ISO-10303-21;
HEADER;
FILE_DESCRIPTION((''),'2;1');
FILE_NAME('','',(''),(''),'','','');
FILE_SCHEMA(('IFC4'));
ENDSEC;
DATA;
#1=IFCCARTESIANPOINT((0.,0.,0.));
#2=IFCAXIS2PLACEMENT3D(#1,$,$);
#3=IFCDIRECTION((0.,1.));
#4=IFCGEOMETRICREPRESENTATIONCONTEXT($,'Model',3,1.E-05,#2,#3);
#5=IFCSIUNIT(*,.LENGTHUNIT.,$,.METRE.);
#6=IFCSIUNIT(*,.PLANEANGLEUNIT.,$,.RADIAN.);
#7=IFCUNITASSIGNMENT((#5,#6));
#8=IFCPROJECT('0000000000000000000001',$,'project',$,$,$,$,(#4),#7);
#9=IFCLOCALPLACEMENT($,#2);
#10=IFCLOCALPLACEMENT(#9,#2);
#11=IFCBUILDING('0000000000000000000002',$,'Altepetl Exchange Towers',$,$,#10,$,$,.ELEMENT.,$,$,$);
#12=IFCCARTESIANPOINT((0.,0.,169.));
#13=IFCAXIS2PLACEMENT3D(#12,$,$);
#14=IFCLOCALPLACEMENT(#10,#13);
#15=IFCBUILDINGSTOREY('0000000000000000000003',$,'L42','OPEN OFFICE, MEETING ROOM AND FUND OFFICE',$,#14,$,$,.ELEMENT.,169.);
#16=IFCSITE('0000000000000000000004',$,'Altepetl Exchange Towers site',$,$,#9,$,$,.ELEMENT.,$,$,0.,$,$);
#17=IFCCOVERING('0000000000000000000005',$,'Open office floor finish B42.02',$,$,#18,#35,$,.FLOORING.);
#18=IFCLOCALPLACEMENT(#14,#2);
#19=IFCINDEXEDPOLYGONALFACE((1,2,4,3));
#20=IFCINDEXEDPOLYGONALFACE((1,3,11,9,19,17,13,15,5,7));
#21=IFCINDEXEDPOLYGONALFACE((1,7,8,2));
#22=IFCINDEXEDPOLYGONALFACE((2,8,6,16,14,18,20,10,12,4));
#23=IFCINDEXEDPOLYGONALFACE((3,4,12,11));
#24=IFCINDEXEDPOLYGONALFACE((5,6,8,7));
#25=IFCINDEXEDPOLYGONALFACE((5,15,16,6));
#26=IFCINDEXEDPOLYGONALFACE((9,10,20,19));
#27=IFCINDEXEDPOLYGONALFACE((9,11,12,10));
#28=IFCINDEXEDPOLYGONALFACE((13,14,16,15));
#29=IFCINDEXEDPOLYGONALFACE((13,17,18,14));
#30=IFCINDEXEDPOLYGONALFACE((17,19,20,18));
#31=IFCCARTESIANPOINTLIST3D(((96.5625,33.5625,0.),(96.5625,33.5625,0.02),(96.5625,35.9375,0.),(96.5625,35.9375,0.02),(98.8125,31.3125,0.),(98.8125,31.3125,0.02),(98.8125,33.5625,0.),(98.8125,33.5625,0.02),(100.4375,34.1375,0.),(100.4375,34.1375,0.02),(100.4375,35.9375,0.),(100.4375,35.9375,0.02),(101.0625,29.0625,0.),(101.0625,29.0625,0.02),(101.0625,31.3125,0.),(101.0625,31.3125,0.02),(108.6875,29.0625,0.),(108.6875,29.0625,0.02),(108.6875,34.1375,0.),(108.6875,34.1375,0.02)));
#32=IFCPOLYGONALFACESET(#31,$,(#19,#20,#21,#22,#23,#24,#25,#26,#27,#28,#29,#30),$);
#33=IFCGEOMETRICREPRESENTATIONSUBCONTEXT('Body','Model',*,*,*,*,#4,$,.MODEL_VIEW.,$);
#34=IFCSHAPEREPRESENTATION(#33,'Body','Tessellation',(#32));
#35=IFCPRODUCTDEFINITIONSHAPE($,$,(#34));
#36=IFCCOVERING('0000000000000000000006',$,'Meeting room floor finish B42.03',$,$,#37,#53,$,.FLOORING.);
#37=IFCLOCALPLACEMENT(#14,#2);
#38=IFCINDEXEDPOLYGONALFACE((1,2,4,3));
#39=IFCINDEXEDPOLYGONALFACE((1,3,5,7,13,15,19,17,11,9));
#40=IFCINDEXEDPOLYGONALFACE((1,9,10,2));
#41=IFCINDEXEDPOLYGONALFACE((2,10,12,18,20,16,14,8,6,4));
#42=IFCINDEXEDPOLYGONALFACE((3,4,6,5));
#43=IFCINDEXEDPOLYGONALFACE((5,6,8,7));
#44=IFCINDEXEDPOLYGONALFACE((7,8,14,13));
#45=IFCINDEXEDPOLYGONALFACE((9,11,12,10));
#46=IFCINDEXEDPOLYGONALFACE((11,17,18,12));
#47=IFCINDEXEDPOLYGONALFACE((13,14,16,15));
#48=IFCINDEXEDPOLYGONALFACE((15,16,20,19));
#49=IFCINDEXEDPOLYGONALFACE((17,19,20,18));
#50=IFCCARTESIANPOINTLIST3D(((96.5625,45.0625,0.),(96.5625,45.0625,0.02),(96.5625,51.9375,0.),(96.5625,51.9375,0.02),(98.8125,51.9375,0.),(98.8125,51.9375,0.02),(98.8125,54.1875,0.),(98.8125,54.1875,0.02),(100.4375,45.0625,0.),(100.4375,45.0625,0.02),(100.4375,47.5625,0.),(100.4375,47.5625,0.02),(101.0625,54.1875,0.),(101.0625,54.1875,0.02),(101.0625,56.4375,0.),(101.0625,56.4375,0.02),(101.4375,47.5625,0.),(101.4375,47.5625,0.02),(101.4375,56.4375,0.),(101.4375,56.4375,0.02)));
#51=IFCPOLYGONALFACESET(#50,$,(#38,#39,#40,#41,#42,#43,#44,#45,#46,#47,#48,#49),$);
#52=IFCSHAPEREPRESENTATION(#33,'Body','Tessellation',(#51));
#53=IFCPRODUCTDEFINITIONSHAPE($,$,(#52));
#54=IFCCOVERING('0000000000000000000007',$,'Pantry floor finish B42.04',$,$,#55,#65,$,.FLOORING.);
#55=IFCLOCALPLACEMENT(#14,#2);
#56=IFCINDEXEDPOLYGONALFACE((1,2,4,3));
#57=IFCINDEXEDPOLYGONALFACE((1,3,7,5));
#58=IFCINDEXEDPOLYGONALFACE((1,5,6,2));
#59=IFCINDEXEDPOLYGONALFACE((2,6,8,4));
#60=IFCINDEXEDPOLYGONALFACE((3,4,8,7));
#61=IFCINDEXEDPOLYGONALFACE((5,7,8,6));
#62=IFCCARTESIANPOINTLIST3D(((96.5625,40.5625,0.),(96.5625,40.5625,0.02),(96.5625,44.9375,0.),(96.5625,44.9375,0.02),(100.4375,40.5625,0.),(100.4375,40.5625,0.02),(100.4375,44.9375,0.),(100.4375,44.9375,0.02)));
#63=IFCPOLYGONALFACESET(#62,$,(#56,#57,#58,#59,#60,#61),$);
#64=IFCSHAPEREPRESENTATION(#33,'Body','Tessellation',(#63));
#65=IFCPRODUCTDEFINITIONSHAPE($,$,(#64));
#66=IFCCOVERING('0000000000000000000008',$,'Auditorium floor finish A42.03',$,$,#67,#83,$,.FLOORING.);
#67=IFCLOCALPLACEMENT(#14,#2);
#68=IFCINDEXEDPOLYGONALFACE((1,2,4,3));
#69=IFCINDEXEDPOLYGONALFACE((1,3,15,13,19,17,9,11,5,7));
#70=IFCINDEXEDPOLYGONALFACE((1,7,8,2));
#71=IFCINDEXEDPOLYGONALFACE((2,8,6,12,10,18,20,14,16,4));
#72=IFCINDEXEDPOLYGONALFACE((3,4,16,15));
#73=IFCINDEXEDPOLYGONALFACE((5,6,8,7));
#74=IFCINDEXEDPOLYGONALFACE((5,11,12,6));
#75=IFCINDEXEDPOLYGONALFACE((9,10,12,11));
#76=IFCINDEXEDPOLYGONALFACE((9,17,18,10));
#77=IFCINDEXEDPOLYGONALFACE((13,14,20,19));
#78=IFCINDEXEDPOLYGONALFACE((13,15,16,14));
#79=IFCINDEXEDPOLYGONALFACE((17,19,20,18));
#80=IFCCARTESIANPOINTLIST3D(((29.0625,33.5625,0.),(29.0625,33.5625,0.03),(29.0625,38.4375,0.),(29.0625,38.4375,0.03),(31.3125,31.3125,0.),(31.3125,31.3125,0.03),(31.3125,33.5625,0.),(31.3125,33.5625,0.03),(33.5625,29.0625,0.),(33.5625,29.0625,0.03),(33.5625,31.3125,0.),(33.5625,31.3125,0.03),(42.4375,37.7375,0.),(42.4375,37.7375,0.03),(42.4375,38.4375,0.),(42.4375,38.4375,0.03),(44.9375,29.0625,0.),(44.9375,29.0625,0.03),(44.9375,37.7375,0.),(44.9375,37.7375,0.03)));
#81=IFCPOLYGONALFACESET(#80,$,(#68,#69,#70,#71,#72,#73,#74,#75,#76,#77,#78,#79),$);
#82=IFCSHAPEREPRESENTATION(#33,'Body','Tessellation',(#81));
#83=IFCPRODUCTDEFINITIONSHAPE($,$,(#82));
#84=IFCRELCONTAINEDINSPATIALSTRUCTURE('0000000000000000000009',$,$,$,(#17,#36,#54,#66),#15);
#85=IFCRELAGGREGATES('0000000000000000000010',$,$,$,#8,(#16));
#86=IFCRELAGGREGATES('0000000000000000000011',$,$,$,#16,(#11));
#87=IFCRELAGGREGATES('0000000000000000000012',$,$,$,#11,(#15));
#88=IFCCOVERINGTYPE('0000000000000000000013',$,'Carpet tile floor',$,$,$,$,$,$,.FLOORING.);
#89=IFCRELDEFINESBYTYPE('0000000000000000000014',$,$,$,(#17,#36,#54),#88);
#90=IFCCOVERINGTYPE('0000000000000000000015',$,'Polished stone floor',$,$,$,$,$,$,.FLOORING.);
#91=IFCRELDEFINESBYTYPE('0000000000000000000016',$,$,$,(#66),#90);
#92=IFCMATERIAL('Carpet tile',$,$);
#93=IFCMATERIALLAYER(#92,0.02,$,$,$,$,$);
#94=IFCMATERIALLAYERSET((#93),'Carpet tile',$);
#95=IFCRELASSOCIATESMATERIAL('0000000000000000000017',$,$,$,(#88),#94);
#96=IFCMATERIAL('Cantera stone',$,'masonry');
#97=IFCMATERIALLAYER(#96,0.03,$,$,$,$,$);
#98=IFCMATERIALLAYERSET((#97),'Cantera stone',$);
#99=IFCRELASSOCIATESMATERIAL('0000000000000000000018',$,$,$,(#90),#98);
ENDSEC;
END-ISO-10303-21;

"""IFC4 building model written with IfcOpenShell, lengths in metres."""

from ifc_helpers import new_model, si_unit, direction, frame, origin, place, context, subcontext, project, spatial, polyline, outline, extrude, material, layer, layer_set, type_object, element, save


model = new_model("IFC4")

# Units and contexts
model_context = context("Model", 3, precision=1e-05, world=origin(), true_north=direction((0.0, 1.0)))
body_context = subcontext(model_context, "Body", "Model", "MODEL_VIEW")
ifc_project = project(units=[si_unit("LENGTHUNIT", "METRE"), si_unit("PLANEANGLEUNIT", "RADIAN")], contexts=[model_context])

# Site, building, storey
site_placement = place(None, origin())
site = spatial("IfcSite", under=ifc_project, at=site_placement, Name="Altepetl Exchange Towers site", CompositionType="ELEMENT", RefElevation=0.0)
building_placement = place(site_placement, origin())
building = spatial("IfcBuilding", under=site, at=building_placement, Name="Altepetl Exchange Towers", CompositionType="ELEMENT")
storey_placement = place(building_placement, frame((0.0, 0.0, 169.0)))
storey = spatial("IfcBuildingStorey", under=building, at=storey_placement, Name="L42", Description="OPEN OFFICE, MEETING ROOM AND FUND OFFICE", CompositionType="ELEMENT", Elevation=169.0)

# Coverings
ifc_material_1 = material(Name="Carpet tile")
ifc_layer_1 = layer(ifc_material_1, 0.02)
ifc_layer_set_1 = layer_set([ifc_layer_1], Name="Carpet tile")
covering_type_1 = type_object("IfcCoveringType", Name="Carpet tile floor", PredefinedType="FLOORING", material=ifc_layer_set_1)
covering_1_placement = place(storey_placement, origin())
element("IfcCovering", 1, at=covering_1_placement, inside=storey, type_object=covering_type_1, Name="Open office floor finish B42.02", PredefinedType="FLOORING", context=body_context, shape_type="SweptSolid", body=[
    extrude(outline(polyline([(108.6875, 29.0625), (108.6875, 34.1375), (100.4375, 34.1375), (100.4375, 35.9375), (96.5625, 35.9375), (96.5625, 33.5625), (98.8125, 33.5625), (98.8125, 31.3125), (101.0625, 31.3125), (101.0625, 29.0625), (108.6875, 29.0625)])), origin(), (0.0, 0.0, 1.0), 0.02),
])
covering_2_placement = place(storey_placement, origin())
element("IfcCovering", 2, at=covering_2_placement, inside=storey, type_object=covering_type_1, Name="Meeting room floor finish B42.03", PredefinedType="FLOORING", context=body_context, shape_type="SweptSolid", body=[
    extrude(outline(polyline([(101.4375, 47.5625), (101.4375, 56.4375), (101.0625, 56.4375), (101.0625, 54.1875), (98.8125, 54.1875), (98.8125, 51.9375), (96.5625, 51.9375), (96.5625, 45.0625), (100.4375, 45.0625), (100.4375, 47.5625), (101.4375, 47.5625)])), origin(), (0.0, 0.0, 1.0), 0.02),
])
covering_3_placement = place(storey_placement, origin())
element("IfcCovering", 3, at=covering_3_placement, inside=storey, type_object=covering_type_1, Name="Pantry floor finish B42.04", PredefinedType="FLOORING", context=body_context, shape_type="SweptSolid", body=[
    extrude(outline(polyline([(100.4375, 44.9375), (96.5625, 44.9375), (96.5625, 40.5625), (100.4375, 40.5625), (100.4375, 44.9375)])), origin(), (0.0, 0.0, 1.0), 0.02),
])
ifc_material_2 = material(Name="Cantera stone", Category="masonry")
ifc_layer_2 = layer(ifc_material_2, 0.03)
ifc_layer_set_2 = layer_set([ifc_layer_2], Name="Cantera stone")
covering_type_2 = type_object("IfcCoveringType", Name="Polished stone floor", PredefinedType="FLOORING", material=ifc_layer_set_2)
covering_4_placement = place(storey_placement, origin())
element("IfcCovering", 4, at=covering_4_placement, inside=storey, type_object=covering_type_2, Name="Auditorium floor finish A42.03", PredefinedType="FLOORING", context=body_context, shape_type="SweptSolid", body=[
    extrude(outline(polyline([(33.5625, 29.0625), (44.9375, 29.0625), (44.9375, 37.7375), (42.4375, 37.7375), (42.4375, 38.4375), (29.0625, 38.4375), (29.0625, 33.5625), (31.3125, 33.5625), (31.3125, 31.3125), (33.5625, 31.3125), (33.5625, 29.0625)])), origin(), (0.0, 0.0, 1.0), 0.03),
])

save(model, "model.ifc")
